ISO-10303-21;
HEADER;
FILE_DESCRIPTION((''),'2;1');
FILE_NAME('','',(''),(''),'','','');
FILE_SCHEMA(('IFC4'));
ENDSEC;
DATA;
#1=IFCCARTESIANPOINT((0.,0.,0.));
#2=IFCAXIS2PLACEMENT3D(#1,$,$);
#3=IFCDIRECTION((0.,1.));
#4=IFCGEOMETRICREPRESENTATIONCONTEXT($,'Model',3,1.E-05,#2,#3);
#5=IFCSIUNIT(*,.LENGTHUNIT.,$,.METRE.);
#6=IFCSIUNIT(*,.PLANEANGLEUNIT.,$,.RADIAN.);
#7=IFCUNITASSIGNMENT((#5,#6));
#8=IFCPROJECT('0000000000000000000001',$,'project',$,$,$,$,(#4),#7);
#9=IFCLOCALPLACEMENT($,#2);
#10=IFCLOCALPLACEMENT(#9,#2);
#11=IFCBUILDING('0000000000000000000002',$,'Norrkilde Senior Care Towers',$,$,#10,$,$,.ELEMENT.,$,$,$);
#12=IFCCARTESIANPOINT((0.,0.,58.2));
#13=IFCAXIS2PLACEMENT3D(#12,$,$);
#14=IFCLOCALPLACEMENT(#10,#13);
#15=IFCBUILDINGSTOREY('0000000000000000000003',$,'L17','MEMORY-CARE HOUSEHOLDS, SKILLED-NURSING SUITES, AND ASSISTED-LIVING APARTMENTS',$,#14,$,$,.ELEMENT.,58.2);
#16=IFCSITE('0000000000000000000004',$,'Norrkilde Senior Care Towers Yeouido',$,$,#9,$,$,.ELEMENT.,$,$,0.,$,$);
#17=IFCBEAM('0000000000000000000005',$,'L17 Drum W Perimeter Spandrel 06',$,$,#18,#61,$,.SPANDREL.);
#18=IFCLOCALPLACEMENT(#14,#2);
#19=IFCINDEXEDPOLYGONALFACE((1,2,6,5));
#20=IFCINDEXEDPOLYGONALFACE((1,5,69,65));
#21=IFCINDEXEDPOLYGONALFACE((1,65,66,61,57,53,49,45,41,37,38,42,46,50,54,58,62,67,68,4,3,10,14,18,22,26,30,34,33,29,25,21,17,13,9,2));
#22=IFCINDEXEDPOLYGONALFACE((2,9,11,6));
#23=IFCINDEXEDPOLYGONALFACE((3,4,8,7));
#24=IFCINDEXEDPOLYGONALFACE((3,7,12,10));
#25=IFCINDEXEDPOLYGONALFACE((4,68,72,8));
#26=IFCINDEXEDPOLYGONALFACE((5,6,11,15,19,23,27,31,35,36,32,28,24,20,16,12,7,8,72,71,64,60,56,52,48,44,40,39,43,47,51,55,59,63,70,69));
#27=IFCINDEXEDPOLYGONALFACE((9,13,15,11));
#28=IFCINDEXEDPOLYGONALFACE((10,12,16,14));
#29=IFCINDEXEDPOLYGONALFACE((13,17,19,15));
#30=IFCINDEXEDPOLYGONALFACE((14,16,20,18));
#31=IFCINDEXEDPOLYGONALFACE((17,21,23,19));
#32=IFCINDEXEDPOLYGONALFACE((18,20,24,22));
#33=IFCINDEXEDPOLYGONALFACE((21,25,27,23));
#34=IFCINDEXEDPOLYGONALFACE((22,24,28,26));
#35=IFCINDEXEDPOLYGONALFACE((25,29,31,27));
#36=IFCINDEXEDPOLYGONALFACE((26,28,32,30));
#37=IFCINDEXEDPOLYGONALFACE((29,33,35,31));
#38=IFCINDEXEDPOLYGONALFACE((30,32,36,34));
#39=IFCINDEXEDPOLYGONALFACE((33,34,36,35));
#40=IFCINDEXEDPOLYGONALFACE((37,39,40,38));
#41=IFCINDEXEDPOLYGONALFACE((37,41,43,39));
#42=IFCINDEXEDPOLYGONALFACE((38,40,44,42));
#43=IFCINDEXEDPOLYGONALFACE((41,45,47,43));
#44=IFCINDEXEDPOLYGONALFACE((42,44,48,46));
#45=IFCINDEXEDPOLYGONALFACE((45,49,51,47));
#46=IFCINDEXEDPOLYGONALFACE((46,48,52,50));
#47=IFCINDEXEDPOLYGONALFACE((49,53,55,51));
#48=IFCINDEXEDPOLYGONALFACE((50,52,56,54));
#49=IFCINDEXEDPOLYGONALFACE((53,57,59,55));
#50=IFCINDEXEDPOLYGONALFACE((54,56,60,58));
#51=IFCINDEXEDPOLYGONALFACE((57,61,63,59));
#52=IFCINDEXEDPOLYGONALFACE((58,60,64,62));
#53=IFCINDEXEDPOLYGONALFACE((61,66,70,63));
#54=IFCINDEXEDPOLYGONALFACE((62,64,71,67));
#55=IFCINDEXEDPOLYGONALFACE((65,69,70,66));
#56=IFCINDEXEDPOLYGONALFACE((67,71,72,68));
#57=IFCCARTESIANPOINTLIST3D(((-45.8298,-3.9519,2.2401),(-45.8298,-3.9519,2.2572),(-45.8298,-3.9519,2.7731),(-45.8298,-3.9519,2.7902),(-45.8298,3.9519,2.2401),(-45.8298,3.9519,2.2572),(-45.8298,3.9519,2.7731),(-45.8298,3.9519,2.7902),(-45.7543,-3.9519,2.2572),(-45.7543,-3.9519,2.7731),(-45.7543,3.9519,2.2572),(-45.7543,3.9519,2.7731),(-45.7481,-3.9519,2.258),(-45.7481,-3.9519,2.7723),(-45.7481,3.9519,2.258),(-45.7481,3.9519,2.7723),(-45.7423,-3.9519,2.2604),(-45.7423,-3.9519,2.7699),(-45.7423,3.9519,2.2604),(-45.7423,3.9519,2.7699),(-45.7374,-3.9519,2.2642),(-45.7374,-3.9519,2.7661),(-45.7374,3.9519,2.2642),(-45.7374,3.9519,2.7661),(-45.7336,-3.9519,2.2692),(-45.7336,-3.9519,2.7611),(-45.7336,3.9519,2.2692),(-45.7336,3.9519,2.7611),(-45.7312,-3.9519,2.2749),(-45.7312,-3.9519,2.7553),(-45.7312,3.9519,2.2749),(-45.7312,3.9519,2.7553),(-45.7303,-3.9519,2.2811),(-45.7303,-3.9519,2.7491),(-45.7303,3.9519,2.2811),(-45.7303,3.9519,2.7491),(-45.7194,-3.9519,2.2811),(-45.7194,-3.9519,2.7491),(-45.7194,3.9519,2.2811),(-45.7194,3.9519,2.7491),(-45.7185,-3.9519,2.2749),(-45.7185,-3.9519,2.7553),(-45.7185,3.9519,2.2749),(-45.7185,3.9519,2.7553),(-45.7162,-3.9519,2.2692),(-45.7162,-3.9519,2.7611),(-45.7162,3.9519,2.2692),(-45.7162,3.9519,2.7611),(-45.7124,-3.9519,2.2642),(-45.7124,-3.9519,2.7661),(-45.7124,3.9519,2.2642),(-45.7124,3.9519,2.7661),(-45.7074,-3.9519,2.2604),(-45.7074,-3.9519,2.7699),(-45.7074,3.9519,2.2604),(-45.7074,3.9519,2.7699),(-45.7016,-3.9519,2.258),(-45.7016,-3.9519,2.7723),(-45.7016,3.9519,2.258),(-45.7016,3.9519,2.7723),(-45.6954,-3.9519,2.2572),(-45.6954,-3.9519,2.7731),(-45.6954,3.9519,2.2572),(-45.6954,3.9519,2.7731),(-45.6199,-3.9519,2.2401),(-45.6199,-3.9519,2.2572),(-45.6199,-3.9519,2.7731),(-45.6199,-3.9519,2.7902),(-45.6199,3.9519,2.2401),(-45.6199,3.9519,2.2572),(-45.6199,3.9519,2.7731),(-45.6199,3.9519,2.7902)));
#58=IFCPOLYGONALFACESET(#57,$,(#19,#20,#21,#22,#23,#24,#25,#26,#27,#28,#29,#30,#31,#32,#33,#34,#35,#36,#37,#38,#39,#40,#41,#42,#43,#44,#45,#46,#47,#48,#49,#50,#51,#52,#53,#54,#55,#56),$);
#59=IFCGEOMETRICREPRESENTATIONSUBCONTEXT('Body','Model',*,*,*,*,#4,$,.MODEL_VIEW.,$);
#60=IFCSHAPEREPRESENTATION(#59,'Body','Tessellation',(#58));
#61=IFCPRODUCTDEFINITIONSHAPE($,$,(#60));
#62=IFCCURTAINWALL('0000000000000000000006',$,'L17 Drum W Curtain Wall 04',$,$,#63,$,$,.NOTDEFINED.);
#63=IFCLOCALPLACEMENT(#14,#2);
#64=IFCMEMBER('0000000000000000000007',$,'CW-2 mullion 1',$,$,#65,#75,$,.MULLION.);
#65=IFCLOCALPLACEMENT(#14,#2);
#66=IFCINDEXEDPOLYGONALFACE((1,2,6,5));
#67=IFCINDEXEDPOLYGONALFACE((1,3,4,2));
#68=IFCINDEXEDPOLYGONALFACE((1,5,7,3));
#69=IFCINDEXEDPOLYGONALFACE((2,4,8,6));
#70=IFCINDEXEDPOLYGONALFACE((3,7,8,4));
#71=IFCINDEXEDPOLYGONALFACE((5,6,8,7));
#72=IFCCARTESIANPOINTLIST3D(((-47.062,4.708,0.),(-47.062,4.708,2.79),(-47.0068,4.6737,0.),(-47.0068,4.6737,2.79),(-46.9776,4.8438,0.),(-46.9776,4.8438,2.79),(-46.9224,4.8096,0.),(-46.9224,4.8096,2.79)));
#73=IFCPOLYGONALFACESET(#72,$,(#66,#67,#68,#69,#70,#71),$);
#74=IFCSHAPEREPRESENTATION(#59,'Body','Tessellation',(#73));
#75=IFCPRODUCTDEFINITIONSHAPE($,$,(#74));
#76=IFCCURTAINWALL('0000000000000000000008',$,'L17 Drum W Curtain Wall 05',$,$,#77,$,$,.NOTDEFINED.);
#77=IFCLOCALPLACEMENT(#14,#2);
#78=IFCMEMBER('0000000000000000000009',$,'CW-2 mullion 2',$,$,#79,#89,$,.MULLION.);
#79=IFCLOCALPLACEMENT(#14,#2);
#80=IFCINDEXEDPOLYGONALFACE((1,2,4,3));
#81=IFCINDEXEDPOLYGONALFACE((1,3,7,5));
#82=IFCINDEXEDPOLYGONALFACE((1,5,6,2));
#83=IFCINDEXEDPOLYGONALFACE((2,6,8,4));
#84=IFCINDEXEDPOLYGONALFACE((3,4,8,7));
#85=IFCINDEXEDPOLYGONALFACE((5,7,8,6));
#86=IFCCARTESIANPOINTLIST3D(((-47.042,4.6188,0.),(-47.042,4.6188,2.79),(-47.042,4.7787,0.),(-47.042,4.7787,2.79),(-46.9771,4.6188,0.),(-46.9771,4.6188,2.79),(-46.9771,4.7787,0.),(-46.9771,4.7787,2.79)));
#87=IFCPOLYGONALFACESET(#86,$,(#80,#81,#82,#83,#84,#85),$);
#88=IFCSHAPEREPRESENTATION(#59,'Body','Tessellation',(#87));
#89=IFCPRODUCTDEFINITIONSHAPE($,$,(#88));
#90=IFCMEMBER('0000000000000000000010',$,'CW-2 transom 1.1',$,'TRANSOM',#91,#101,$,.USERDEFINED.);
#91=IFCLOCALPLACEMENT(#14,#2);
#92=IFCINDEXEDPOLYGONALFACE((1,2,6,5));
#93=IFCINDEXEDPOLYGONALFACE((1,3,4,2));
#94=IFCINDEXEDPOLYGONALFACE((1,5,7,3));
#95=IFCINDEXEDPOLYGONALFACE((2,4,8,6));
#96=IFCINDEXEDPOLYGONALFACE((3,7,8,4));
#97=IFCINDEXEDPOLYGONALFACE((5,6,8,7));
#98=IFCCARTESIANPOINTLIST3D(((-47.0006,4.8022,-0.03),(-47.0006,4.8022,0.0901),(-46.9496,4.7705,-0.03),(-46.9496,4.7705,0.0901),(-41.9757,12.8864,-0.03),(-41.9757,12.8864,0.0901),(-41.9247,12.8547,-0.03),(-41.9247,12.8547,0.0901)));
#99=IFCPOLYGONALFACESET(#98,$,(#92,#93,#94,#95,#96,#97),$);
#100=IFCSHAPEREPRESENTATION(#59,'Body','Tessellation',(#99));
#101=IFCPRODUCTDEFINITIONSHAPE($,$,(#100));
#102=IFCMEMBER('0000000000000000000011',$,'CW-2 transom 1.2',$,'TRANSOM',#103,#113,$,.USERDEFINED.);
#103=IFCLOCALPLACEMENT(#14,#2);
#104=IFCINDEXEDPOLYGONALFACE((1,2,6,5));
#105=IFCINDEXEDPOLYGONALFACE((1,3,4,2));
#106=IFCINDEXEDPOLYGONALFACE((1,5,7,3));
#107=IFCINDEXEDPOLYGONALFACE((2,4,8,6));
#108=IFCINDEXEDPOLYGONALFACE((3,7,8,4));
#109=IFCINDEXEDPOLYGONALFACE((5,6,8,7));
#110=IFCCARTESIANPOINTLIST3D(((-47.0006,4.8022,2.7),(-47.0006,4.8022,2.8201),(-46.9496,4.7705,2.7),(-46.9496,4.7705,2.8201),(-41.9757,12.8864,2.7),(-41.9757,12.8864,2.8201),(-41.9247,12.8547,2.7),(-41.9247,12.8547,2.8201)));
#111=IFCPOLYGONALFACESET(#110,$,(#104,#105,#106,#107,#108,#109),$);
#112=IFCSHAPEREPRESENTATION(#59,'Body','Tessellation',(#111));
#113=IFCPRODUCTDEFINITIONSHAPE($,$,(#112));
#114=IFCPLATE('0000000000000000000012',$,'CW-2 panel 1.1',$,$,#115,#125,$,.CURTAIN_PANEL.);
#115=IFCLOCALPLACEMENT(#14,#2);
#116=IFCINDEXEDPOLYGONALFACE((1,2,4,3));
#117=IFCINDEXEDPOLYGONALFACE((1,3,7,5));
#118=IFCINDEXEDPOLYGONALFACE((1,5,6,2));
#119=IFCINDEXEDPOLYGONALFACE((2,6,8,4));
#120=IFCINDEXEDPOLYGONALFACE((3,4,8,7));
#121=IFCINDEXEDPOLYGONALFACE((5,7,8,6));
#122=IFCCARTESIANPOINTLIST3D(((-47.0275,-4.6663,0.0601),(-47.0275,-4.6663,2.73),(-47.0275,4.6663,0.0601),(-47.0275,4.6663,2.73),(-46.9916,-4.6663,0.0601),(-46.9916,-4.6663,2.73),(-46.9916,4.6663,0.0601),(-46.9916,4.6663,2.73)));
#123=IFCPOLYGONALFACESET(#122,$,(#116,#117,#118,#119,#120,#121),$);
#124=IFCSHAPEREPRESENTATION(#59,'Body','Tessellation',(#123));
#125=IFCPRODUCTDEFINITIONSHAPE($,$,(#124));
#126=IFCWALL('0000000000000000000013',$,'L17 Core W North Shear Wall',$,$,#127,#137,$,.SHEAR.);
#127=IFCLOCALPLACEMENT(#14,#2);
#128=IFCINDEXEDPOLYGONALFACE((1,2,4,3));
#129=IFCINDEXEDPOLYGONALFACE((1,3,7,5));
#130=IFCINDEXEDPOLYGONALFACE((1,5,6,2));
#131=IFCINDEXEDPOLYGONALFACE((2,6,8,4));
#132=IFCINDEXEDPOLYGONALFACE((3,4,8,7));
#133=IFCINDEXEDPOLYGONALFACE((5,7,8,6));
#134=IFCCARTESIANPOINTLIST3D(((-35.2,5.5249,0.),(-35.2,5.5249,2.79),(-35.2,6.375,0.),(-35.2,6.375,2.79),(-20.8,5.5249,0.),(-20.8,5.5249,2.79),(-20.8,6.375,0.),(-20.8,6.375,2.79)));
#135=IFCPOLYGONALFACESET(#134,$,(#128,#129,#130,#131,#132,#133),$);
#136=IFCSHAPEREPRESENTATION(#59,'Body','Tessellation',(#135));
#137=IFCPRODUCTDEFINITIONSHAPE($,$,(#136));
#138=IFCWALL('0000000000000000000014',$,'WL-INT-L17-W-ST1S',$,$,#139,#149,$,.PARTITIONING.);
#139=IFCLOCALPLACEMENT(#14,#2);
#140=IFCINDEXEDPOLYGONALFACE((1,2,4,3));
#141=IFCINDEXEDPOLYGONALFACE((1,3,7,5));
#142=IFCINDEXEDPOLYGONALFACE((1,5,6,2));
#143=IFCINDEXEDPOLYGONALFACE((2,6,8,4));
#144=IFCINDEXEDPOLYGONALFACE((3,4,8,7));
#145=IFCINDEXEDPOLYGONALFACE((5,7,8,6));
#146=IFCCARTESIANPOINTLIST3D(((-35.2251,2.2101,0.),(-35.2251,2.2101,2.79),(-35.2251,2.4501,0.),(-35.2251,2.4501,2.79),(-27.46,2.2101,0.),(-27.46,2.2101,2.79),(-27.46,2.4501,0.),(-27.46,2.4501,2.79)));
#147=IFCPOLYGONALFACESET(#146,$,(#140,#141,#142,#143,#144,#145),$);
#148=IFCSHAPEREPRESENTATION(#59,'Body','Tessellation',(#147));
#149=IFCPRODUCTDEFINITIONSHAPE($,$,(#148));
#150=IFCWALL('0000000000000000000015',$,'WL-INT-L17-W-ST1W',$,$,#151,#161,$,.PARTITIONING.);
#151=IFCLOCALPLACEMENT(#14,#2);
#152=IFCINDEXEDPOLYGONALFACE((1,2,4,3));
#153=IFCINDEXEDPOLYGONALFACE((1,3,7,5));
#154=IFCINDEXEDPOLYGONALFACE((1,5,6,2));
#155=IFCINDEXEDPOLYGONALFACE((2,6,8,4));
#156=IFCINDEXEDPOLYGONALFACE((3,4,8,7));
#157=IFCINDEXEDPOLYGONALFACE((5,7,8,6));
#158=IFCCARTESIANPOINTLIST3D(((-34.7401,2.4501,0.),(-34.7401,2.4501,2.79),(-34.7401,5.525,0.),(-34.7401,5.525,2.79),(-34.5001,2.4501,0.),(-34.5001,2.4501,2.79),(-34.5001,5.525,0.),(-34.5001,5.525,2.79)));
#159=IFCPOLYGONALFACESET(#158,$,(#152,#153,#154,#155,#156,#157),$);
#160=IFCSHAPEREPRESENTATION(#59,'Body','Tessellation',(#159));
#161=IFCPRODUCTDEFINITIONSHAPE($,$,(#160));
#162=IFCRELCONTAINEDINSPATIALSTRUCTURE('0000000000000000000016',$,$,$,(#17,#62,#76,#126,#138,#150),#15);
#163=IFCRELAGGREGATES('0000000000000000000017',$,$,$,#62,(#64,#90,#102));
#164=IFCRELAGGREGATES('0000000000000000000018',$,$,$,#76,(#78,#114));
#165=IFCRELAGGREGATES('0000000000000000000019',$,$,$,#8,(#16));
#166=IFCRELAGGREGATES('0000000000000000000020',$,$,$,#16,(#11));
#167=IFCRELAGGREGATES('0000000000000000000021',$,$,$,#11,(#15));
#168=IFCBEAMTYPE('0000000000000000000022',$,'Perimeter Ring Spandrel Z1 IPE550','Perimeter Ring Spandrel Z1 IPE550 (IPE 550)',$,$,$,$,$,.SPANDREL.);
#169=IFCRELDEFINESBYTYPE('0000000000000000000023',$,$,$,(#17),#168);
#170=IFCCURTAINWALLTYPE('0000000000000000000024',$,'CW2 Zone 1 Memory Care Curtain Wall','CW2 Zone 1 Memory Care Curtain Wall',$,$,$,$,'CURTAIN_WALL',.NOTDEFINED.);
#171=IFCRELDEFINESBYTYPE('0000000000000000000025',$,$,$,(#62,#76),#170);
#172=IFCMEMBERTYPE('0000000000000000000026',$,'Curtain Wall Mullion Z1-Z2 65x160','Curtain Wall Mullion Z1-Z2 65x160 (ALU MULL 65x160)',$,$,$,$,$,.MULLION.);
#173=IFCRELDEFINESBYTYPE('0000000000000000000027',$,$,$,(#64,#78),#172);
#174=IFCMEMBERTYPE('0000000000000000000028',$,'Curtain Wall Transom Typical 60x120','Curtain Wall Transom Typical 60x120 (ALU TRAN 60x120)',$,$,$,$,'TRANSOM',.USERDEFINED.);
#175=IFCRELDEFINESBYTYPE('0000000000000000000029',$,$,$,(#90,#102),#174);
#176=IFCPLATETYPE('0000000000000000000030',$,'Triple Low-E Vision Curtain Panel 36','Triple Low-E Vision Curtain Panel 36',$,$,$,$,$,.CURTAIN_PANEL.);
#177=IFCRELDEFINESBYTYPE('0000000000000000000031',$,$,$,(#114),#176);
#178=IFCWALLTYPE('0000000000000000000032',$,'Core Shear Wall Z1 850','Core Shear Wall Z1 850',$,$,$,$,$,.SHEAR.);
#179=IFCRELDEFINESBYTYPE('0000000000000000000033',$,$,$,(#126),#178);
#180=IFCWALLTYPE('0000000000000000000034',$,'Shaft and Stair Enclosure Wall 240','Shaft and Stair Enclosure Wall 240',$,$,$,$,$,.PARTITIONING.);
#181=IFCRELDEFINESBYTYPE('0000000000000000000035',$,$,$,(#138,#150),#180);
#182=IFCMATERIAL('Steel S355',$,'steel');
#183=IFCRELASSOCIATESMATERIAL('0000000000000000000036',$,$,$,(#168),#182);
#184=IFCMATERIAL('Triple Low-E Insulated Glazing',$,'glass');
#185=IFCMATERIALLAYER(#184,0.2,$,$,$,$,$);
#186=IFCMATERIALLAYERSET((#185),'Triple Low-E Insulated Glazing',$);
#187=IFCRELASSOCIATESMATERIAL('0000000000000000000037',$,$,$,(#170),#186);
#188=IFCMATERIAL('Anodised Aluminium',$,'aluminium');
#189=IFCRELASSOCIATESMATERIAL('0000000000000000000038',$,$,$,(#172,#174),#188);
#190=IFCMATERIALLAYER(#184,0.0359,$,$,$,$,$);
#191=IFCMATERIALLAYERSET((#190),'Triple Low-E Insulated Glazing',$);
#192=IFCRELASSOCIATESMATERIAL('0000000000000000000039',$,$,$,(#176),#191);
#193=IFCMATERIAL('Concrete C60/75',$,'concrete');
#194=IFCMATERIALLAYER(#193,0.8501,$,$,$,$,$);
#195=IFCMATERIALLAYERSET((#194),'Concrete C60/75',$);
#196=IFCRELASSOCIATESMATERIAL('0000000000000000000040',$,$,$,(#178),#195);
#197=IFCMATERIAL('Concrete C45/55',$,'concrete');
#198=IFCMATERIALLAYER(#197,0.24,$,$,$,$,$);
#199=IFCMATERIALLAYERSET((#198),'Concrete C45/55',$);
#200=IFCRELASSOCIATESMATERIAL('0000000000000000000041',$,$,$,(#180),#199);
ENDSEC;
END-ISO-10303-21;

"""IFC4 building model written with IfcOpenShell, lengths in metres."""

from ifc_helpers import new_model, si_unit, direction, frame, frame_2d, origin, origin_2d, place, context, subcontext, project, spatial, rectangle, i_section, extrude, source, transform, mapped, material, layer, layer_set, material_profile, profile_set, type_object, type_shapes, element, aggregate, save


model = new_model("IFC4")

# Units and contexts
model_context = context("Model", 3, precision=1e-05, world=origin(), true_north=direction((0.0, 1.0)))
body_context = subcontext(model_context, "Body", "Model", "MODEL_VIEW")
ifc_project = project(units=[si_unit("LENGTHUNIT", "METRE"), si_unit("PLANEANGLEUNIT", "RADIAN")], contexts=[model_context])

# Site, building, storey
site_placement = place(None, origin())
site = spatial("IfcSite", under=ifc_project, at=site_placement, Name="Norrkilde Senior Care Towers Yeouido", CompositionType="ELEMENT", RefElevation=0.0)
building_placement = place(site_placement, origin())
building = spatial("IfcBuilding", under=site, at=building_placement, Name="Norrkilde Senior Care Towers", CompositionType="ELEMENT")
storey_placement = place(building_placement, frame((0.0, 0.0, 58.2)))
storey = spatial("IfcBuildingStorey", under=building, at=storey_placement, Name="L17", Description="MEMORY-CARE HOUSEHOLDS, SKILLED-NURSING SUITES, AND ASSISTED-LIVING APARTMENTS", CompositionType="ELEMENT", Elevation=58.2)

# Shared definitions
ifc_material_1 = material(Name="Concrete C60/75", Category="concrete")

# Beam
ifc_material_2 = material(Name="Steel S355", Category="steel")
ifc_material_profile_1 = material_profile(ifc_material_2, i_section(OverallWidth=0.21, OverallDepth=0.55, WebThickness=0.011, FlangeThickness=0.0171, FilletRadius=0.0239, at=origin_2d()), Name="IPE 550")
ifc_profile_set_1 = profile_set([ifc_material_profile_1], Name="Steel S355")
beam_type_1 = type_object("IfcBeamType", Name="Perimeter Ring Spandrel Z1 IPE550", Description="Perimeter Ring Spandrel Z1 IPE550 (IPE 550)", PredefinedType="SPANDREL", material=ifc_profile_set_1)
shared_shape_1 = source(origin(), body_context, "Body", "SweptSolid", [
    extrude(i_section(OverallWidth=0.21, OverallDepth=0.55, WebThickness=0.011, FlangeThickness=0.0171, FilletRadius=0.0239, at=origin_2d()), origin(), (0.0, 0.0, 1.0), 7.9038),
])
type_shapes(beam_type_1, [shared_shape_1])
beam_1_placement = place(storey_placement, frame((-45.7249, 3.9519, 2.5151), z_axis=(0.0, -1.0, 0.0), x_axis=(1.0, 0.0, 0.0)))
element("IfcBeam", 1, at=beam_1_placement, inside=storey, type_object=beam_type_1, Name="L17 Drum W Perimeter Spandrel 06", PredefinedType="SPANDREL", context=body_context, shape_type="MappedRepresentation", body=[
    mapped(shared_shape_1, transform((0.0, 0.0, 0.0), x_axis=(1.0, 0.0, 0.0), y_axis=(0.0, 1.0, 0.0), z_axis=(0.0, 0.0, 1.0), scale=1.0)),
])

# Curtain walls, members
ifc_material_3 = material(Name="Triple Low-E Insulated Glazing", Category="glass")
ifc_layer_1 = layer(ifc_material_3, 0.2)
ifc_layer_set_1 = layer_set([ifc_layer_1], Name="Triple Low-E Insulated Glazing")
curtain_wall_type = type_object("IfcCurtainWallType", Name="CW2 Zone 1 Memory Care Curtain Wall", Description="CW2 Zone 1 Memory Care Curtain Wall", ElementType="CURTAIN_WALL", PredefinedType="NOTDEFINED", material=ifc_layer_set_1)
curtain_wall_1_placement = place(storey_placement, origin())
curtain_wall_1 = element("IfcCurtainWall", 2, at=curtain_wall_1_placement, inside=storey, type_object=curtain_wall_type, Name="L17 Drum W Curtain Wall 04", PredefinedType="NOTDEFINED")
ifc_material_4 = material(Name="Anodised Aluminium", Category="aluminium")
ifc_material_profile_2 = material_profile(ifc_material_4, rectangle(XDim=0.0649, YDim=0.1599, at=origin_2d()), Name="ALU MULL 65x160")
ifc_profile_set_2 = profile_set([ifc_material_profile_2], Name="Anodised Aluminium")
member_type_1 = type_object("IfcMemberType", Name="Curtain Wall Mullion Z1-Z2 65x160", Description="Curtain Wall Mullion Z1-Z2 65x160 (ALU MULL 65x160)", PredefinedType="MULLION", material=ifc_profile_set_2)
shared_shape_2 = source(origin(), body_context, "Body", "SweptSolid", [
    extrude(rectangle(XDim=0.0649, YDim=0.1599, at=origin_2d()), origin(), (0.0, 0.0, 1.0), 2.79),
])
type_shapes(member_type_1, [shared_shape_2])
member_1_placement = place(storey_placement, frame((-46.9922, 4.7588, 0.0), z_axis=(0.0, 0.0, 1.0), x_axis=(-0.849306, 0.527901, 0.0)))
member_1 = element("IfcMember", 3, at=member_1_placement, type_object=member_type_1, Name="CW-2 mullion 1", PredefinedType="MULLION", context=body_context, shape_type="MappedRepresentation", body=[
    mapped(shared_shape_2, transform((0.0, 0.0, 0.0), x_axis=(1.0, 0.0, 0.0), y_axis=(0.0, 1.0, 0.0), z_axis=(0.0, 0.0, 1.0), scale=1.0)),
])
curtain_wall_2_placement = place(storey_placement, origin())
curtain_wall_2 = element("IfcCurtainWall", 4, at=curtain_wall_2_placement, inside=storey, type_object=curtain_wall_type, Name="L17 Drum W Curtain Wall 05", PredefinedType="NOTDEFINED")
member_2_placement = place(storey_placement, frame((-47.0095, 4.6987, 0.0), z_axis=(0.0, 0.0, 1.0), x_axis=(-1.0, 0.0, 0.0)))
member_2 = element("IfcMember", 5, at=member_2_placement, type_object=member_type_1, Name="CW-2 mullion 2", PredefinedType="MULLION", context=body_context, shape_type="MappedRepresentation", body=[
    mapped(shared_shape_2, transform((0.0, 0.0, 0.0), x_axis=(1.0, 0.0, 0.0), y_axis=(0.0, 1.0, 0.0), z_axis=(0.0, 0.0, 1.0), scale=1.0)),
])

# Members
ifc_material_profile_3 = material_profile(ifc_material_4, rectangle(XDim=0.0601, YDim=0.1201, at=origin_2d()), Name="ALU TRAN 60x120")
ifc_profile_set_3 = profile_set([ifc_material_profile_3], Name="Anodised Aluminium")
member_type_2 = type_object("IfcMemberType", Name="Curtain Wall Transom Typical 60x120", Description="Curtain Wall Transom Typical 60x120 (ALU TRAN 60x120)", ElementType="TRANSOM", PredefinedType="USERDEFINED", material=ifc_profile_set_3)
shared_shape_3 = source(origin(), body_context, "Body", "SweptSolid", [
    extrude(rectangle(XDim=0.0601, YDim=0.1201, at=origin_2d()), origin(), (0.0, 0.0, 1.0), 9.5186),
])
type_shapes(member_type_2, [shared_shape_3])
member_3_placement = place(storey_placement, frame((-46.9751, 4.7864, 0.03), z_axis=(0.527902, 0.849306, 0.0), x_axis=(-0.849306, 0.527902, 0.0)))
member_3 = element("IfcMember", 6, at=member_3_placement, type_object=member_type_2, Name="CW-2 transom 1.1", ObjectType="TRANSOM", PredefinedType="USERDEFINED", context=body_context, shape_type="MappedRepresentation", body=[
    mapped(shared_shape_3, transform((0.0, 0.0, 0.0), x_axis=(1.0, 0.0, 0.0), y_axis=(0.0, 1.0, 0.0), z_axis=(0.0, 0.0, 1.0), scale=1.0)),
])
member_4_placement = place(storey_placement, frame((-46.9751, 4.7864, 2.76), z_axis=(0.527902, 0.849306, 0.0), x_axis=(-0.849306, 0.527902, 0.0)))
member_4 = element("IfcMember", 7, at=member_4_placement, type_object=member_type_2, Name="CW-2 transom 1.2", ObjectType="TRANSOM", PredefinedType="USERDEFINED", context=body_context, shape_type="MappedRepresentation", body=[
    mapped(shared_shape_3, transform((0.0, 0.0, 0.0), x_axis=(1.0, 0.0, 0.0), y_axis=(0.0, 1.0, 0.0), z_axis=(0.0, 0.0, 1.0), scale=1.0)),
])
aggregate(curtain_wall_1, [member_1, member_3, member_4])

# Plate
ifc_layer_2 = layer(ifc_material_3, 0.0359)
ifc_layer_set_2 = layer_set([ifc_layer_2], Name="Triple Low-E Insulated Glazing")
plate_type = type_object("IfcPlateType", Name="Triple Low-E Vision Curtain Panel 36", Description="Triple Low-E Vision Curtain Panel 36", PredefinedType="CURTAIN_PANEL", material=ifc_layer_set_2)
shared_shape_4 = source(origin(), body_context, "Body", "SweptSolid", [
    extrude(rectangle(XDim=9.3325, YDim=0.0359, at=origin_2d()), origin(), (0.0, 0.0, 1.0), 2.6699),
])
type_shapes(plate_type, [shared_shape_4])
plate_placement = place(storey_placement, frame((-47.0095, 0.0, 0.0601), z_axis=(0.0, 0.0, 1.0), x_axis=(0.0, 1.0, 0.0)))
plate = element("IfcPlate", 8, at=plate_placement, type_object=plate_type, Name="CW-2 panel 1.1", PredefinedType="CURTAIN_PANEL", context=body_context, shape_type="MappedRepresentation", body=[
    mapped(shared_shape_4, transform((0.0, 0.0, 0.0), x_axis=(1.0, 0.0, 0.0), y_axis=(0.0, 1.0, 0.0), z_axis=(0.0, 0.0, 1.0), scale=1.0)),
])
aggregate(curtain_wall_2, [member_2, plate])

# Walls
ifc_layer_3 = layer(ifc_material_1, 0.8501)
ifc_layer_set_3 = layer_set([ifc_layer_3], Name="Concrete C60/75")
wall_type_1 = type_object("IfcWallType", Name="Core Shear Wall Z1 850", Description="Core Shear Wall Z1 850", PredefinedType="SHEAR", material=ifc_layer_set_3)
shared_shape_5 = source(origin(), body_context, "Body", "SweptSolid", [
    extrude(rectangle(XDim=14.3999, YDim=0.8501, at=frame_2d((7.2, 0.0))), origin(), (0.0, 0.0, 1.0), 2.79),
])
type_shapes(wall_type_1, [shared_shape_5])
wall_1_placement = place(storey_placement, frame((-35.2, 5.95, 0.0), z_axis=(0.0, 0.0, 1.0), x_axis=(1.0, 0.0, 0.0)))
element("IfcWall", 9, at=wall_1_placement, inside=storey, type_object=wall_type_1, Name="L17 Core W North Shear Wall", PredefinedType="SHEAR", context=body_context, shape_type="MappedRepresentation", body=[
    mapped(shared_shape_5, transform((0.0, 0.0, 0.0), x_axis=(1.0, 0.0, 0.0), y_axis=(0.0, 1.0, 0.0), z_axis=(0.0, 0.0, 1.0), scale=1.0)),
])
ifc_material_5 = material(Name="Concrete C45/55", Category="concrete")
ifc_layer_4 = layer(ifc_material_5, 0.24)
ifc_layer_set_4 = layer_set([ifc_layer_4], Name="Concrete C45/55")
wall_type_2 = type_object("IfcWallType", Name="Shaft and Stair Enclosure Wall 240", Description="Shaft and Stair Enclosure Wall 240", PredefinedType="PARTITIONING", material=ifc_layer_set_4)
shared_shape_6 = source(origin(), body_context, "Body", "SweptSolid", [
    extrude(rectangle(XDim=7.7651, YDim=0.24, at=frame_2d((3.8826, 0.0))), origin(), (0.0, 0.0, 1.0), 2.79),
])
wall_2_placement = place(storey_placement, frame((-35.2251, 2.3301, 0.0), z_axis=(0.0, 0.0, 1.0), x_axis=(1.0, 0.0, 0.0)))
element("IfcWall", 10, at=wall_2_placement, inside=storey, type_object=wall_type_2, Name="WL-INT-L17-W-ST1S", PredefinedType="PARTITIONING", context=body_context, shape_type="MappedRepresentation", body=[
    mapped(shared_shape_6, transform((0.0, 0.0, 0.0), x_axis=(1.0, 0.0, 0.0), y_axis=(0.0, 1.0, 0.0), z_axis=(0.0, 0.0, 1.0), scale=1.0)),
])
shared_shape_7 = source(origin(), body_context, "Body", "SweptSolid", [
    extrude(rectangle(XDim=3.075, YDim=0.24, at=frame_2d((1.5376, 0.0))), origin(), (0.0, 0.0, 1.0), 2.79),
])
type_shapes(wall_type_2, [shared_shape_6, shared_shape_7])
wall_3_placement = place(storey_placement, frame((-34.6201, 2.45, 0.0), z_axis=(0.0, 0.0, 1.0), x_axis=(0.0, 1.0, 0.0)))
element("IfcWall", 11, at=wall_3_placement, inside=storey, type_object=wall_type_2, Name="WL-INT-L17-W-ST1W", PredefinedType="PARTITIONING", context=body_context, shape_type="MappedRepresentation", body=[
    mapped(shared_shape_7, transform((0.0, 0.0, 0.0), x_axis=(1.0, 0.0, 0.0), y_axis=(0.0, 1.0, 0.0), z_axis=(0.0, 0.0, 1.0), scale=1.0)),
])

save(model, "model.ifc")
